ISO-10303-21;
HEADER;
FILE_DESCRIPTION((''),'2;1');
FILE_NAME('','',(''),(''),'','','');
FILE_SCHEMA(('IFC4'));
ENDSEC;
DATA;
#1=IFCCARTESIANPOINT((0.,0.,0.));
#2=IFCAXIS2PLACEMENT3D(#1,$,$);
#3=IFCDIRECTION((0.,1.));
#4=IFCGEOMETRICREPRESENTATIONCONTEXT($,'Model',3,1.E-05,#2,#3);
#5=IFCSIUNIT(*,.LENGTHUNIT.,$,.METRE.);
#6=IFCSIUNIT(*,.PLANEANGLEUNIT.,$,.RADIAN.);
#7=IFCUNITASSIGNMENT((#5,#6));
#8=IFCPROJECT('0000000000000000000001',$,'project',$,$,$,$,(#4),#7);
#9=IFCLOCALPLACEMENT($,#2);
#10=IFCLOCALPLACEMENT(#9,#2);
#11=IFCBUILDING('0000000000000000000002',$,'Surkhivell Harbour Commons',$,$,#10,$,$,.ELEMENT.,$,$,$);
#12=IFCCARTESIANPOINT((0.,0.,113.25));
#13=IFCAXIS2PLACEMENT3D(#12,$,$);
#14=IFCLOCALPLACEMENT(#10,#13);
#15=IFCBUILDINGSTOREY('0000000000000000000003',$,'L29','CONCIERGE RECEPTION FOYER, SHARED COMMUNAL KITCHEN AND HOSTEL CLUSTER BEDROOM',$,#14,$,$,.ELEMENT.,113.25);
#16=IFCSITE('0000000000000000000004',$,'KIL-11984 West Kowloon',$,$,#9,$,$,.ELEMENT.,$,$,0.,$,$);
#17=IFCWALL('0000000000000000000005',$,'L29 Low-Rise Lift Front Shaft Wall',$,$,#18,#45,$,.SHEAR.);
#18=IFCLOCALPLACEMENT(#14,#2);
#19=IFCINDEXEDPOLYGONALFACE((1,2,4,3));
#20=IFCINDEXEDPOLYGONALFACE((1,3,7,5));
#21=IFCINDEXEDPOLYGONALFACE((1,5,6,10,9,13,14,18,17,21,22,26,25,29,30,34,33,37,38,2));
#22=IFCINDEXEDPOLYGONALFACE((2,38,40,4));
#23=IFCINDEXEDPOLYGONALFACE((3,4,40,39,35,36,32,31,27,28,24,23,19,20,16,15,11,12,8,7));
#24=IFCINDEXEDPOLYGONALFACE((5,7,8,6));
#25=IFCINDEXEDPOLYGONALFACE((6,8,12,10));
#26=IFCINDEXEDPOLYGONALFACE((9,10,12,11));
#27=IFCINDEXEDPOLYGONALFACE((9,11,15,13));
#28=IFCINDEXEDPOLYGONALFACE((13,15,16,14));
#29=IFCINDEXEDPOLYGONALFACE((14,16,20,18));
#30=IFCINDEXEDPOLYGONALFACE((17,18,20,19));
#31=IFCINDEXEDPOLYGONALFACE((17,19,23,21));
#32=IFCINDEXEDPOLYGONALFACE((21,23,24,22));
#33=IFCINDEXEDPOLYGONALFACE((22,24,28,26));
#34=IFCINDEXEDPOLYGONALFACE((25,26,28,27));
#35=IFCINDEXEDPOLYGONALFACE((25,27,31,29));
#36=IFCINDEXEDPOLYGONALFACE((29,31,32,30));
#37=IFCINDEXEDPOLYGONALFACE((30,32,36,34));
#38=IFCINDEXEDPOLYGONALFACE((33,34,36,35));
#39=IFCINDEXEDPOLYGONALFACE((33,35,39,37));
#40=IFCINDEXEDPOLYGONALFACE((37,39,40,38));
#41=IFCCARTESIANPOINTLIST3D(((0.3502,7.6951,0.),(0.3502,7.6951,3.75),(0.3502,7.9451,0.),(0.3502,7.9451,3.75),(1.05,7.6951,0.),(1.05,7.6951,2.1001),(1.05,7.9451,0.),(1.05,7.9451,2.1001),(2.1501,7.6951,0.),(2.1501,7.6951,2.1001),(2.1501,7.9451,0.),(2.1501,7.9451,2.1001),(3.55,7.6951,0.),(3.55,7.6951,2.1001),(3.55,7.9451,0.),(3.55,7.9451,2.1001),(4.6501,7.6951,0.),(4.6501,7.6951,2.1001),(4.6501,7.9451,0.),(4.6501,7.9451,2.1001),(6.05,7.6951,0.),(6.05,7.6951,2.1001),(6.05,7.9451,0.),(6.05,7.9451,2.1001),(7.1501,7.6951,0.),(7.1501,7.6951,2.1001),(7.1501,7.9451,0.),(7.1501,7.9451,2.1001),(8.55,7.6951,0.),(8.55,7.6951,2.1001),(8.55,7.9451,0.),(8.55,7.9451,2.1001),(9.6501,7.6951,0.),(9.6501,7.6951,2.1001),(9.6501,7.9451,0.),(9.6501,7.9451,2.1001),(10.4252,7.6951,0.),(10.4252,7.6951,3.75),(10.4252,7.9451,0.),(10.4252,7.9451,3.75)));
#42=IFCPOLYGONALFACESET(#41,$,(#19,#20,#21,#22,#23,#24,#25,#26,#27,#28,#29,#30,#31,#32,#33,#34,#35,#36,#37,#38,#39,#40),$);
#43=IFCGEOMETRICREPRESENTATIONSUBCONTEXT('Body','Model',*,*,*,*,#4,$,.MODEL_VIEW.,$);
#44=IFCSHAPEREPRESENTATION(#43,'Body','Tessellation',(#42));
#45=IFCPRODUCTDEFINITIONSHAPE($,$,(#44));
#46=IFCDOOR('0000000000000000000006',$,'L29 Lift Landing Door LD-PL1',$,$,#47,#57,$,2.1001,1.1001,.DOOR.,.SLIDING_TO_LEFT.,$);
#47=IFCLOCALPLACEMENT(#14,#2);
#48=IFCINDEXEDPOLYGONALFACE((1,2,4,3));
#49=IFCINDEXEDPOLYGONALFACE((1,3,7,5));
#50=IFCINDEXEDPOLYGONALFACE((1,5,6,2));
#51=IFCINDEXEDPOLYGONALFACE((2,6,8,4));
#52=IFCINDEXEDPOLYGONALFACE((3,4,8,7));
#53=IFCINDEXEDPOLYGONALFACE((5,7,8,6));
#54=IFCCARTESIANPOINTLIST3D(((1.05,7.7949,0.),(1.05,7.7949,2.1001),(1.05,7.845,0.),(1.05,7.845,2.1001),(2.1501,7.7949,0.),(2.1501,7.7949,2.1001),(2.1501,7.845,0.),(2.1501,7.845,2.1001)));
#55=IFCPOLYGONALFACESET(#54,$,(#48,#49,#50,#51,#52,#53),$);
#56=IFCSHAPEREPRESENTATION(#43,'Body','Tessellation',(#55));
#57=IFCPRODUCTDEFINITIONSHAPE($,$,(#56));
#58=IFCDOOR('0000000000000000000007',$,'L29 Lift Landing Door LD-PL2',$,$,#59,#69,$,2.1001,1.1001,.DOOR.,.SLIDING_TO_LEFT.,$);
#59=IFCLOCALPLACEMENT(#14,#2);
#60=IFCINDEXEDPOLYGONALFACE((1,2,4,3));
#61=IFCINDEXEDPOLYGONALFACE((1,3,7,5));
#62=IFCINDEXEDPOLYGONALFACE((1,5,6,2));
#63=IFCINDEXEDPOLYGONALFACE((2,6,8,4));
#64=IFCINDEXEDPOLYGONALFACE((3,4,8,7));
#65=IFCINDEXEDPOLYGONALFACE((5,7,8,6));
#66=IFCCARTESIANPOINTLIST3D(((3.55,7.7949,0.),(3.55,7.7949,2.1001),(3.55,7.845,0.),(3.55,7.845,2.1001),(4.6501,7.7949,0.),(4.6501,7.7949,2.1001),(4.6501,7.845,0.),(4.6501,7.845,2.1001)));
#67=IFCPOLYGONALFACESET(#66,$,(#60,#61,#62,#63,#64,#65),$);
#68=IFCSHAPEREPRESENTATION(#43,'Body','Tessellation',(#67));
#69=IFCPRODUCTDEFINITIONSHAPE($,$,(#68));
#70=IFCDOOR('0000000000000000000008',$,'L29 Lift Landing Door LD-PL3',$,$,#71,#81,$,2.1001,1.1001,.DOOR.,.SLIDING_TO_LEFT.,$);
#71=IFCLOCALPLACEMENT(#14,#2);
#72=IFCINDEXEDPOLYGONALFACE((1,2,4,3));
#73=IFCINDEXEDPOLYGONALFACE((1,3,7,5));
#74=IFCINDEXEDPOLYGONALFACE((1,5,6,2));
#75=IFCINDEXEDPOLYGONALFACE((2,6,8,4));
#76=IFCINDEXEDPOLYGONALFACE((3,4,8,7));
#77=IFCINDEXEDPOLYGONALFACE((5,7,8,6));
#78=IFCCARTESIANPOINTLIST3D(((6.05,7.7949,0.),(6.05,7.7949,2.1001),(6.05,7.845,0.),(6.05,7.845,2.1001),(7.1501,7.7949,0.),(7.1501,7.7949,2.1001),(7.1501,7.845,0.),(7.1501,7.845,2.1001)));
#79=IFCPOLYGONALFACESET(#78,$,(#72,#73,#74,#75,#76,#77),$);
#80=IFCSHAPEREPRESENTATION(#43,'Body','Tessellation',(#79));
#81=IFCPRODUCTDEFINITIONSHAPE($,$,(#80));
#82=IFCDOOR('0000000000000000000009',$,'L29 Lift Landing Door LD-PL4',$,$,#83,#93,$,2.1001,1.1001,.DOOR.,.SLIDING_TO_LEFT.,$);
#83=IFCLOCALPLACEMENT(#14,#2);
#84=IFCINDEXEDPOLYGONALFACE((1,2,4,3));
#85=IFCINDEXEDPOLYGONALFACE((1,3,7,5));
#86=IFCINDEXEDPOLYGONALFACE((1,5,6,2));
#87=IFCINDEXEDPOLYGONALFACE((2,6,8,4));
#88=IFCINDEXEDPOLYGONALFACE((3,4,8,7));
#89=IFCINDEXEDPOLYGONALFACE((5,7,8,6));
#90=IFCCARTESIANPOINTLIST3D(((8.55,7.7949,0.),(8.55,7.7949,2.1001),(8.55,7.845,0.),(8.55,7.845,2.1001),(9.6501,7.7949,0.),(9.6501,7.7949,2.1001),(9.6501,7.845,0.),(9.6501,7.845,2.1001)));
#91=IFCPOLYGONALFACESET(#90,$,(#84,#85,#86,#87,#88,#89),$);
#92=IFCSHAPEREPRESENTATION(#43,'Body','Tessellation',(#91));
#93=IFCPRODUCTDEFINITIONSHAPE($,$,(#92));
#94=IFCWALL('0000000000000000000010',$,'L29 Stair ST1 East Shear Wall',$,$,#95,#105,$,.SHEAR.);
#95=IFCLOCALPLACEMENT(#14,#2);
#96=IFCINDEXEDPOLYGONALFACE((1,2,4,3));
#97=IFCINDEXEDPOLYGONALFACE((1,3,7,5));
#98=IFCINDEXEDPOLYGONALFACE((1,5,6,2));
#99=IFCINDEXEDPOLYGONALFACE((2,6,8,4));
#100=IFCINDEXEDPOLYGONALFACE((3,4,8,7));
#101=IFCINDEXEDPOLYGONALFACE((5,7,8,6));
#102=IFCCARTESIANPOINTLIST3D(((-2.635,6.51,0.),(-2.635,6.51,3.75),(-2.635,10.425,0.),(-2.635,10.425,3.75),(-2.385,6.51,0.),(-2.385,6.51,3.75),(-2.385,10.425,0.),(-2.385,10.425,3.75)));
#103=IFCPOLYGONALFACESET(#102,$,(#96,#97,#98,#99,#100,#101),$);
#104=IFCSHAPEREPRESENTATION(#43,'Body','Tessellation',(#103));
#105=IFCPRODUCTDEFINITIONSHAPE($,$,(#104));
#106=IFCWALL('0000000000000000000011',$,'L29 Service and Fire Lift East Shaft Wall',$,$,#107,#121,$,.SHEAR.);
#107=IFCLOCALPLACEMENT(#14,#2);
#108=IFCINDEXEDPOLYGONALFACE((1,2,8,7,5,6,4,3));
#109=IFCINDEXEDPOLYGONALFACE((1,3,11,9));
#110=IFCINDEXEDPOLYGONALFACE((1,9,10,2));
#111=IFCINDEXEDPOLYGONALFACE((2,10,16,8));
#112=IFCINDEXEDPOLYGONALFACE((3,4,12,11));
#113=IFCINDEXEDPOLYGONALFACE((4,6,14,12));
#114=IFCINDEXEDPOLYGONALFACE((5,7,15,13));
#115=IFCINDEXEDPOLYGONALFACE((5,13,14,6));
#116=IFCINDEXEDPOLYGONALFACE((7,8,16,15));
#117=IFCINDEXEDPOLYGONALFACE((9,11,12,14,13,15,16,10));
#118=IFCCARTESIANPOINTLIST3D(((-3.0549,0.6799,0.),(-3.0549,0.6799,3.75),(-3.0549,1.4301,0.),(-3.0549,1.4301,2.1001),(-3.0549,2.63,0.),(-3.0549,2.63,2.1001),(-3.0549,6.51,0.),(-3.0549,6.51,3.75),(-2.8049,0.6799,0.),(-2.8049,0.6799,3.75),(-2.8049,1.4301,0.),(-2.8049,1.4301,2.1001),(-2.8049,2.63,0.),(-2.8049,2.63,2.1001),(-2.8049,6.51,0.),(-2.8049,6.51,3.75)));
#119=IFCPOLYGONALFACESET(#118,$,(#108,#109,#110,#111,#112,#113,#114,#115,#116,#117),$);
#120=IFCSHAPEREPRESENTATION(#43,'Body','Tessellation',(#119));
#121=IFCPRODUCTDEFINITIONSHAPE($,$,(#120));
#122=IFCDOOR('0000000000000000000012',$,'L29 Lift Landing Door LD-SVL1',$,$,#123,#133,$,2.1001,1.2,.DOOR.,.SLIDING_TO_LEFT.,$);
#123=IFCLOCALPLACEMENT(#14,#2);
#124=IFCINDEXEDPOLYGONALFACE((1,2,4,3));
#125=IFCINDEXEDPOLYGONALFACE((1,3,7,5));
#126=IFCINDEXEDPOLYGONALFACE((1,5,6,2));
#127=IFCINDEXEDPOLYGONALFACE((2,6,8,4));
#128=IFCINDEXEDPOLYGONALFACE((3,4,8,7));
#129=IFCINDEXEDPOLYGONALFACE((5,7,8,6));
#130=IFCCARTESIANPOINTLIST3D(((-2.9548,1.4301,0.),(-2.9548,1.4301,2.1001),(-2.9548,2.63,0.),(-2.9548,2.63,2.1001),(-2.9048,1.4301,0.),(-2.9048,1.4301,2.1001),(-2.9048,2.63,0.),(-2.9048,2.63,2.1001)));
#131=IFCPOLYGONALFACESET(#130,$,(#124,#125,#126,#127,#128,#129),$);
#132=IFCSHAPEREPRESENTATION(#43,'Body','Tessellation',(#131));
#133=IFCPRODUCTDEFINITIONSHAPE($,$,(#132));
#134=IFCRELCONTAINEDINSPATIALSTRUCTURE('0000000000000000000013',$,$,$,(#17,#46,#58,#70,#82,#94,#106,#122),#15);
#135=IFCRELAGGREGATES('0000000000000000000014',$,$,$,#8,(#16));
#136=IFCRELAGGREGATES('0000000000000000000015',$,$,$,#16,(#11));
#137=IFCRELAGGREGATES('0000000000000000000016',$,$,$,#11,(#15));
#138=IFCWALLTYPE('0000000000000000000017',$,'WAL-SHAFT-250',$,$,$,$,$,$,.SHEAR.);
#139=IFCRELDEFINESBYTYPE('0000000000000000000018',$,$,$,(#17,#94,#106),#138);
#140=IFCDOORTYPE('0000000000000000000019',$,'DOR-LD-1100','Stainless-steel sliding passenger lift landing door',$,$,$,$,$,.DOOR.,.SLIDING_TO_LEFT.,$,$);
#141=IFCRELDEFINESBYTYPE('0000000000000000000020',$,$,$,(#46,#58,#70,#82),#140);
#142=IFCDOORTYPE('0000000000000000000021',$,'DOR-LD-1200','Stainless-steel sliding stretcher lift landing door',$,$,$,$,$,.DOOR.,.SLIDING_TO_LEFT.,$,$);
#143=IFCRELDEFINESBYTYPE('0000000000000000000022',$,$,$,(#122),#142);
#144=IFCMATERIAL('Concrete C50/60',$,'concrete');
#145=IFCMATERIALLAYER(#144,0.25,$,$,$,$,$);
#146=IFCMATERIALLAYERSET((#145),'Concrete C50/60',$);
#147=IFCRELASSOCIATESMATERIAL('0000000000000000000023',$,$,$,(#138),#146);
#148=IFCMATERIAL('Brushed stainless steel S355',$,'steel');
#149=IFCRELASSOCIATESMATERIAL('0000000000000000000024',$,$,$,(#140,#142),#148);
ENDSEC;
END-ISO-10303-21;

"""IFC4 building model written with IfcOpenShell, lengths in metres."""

from ifc_helpers import new_model, si_unit, direction, frame, frame_2d, origin, place, context, subcontext, project, spatial, rectangle, extrude, material, layer, layer_set, type_object, element, fill, save


model = new_model("IFC4")

# Units and contexts
model_context = context("Model", 3, precision=1e-05, world=origin(), true_north=direction((0.0, 1.0)))
body_context = subcontext(model_context, "Body", "Model", "MODEL_VIEW")
ifc_project = project(units=[si_unit("LENGTHUNIT", "METRE"), si_unit("PLANEANGLEUNIT", "RADIAN")], contexts=[model_context])

# Site, building, storey
site_placement = place(None, origin())
site = spatial("IfcSite", under=ifc_project, at=site_placement, Name="KIL-11984 West Kowloon", CompositionType="ELEMENT", RefElevation=0.0)
building_placement = place(site_placement, origin())
building = spatial("IfcBuilding", under=site, at=building_placement, Name="Surkhivell Harbour Commons", CompositionType="ELEMENT")
storey_placement = place(building_placement, frame((0.0, 0.0, 113.25)))
storey = spatial("IfcBuildingStorey", under=building, at=storey_placement, Name="L29", Description="CONCIERGE RECEPTION FOYER, SHARED COMMUNAL KITCHEN AND HOSTEL CLUSTER BEDROOM", CompositionType="ELEMENT", Elevation=113.25)

# Shared definitions
ifc_material_1 = material(Name="Concrete C50/60", Category="concrete")
ifc_layer_1 = layer(ifc_material_1, 0.25)
ifc_layer_set_1 = layer_set([ifc_layer_1], Name="Concrete C50/60")
wall_type_1 = type_object("IfcWallType", Name="WAL-SHAFT-250", PredefinedType="SHEAR", material=ifc_layer_set_1)

# Wall, openings, doors
wall_1_placement = place(storey_placement, frame((0.3501, 7.8201, 0.0), z_axis=(0.0, 0.0, 1.0), x_axis=(1.0, 0.0, 0.0)))
wall_1 = element("IfcWall", 1, at=wall_1_placement, inside=storey, type_object=wall_type_1, Name="L29 Low-Rise Lift Front Shaft Wall", PredefinedType="SHEAR", context=body_context, shape_type="SweptSolid", body=[
    extrude(rectangle(XDim=10.075, YDim=0.25, at=frame_2d((5.0376, 0.0))), origin(), (0.0, 0.0, 1.0), 3.75),
])
opening_1_placement = place(wall_1_placement, frame((0.7, 0.0, 0.0)))
opening_1 = element("IfcOpeningElement", 2, at=opening_1_placement, cuts=wall_1, PredefinedType="OPENING", context=body_context, shape_type="SweptSolid", body=[
    extrude(rectangle(XDim=1.1001, YDim=2.1001, at=frame_2d((0.55, 1.05))), frame((0.0, 0.135, 0.0), z_axis=(0.0, -1.0, 0.0), x_axis=(1.0, 0.0, 0.0)), (0.0, 0.0, 1.0), 0.27),
])
opening_2_placement = place(wall_1_placement, frame((3.2, 0.0, 0.0)))
opening_2 = element("IfcOpeningElement", 3, at=opening_2_placement, cuts=wall_1, PredefinedType="OPENING", context=body_context, shape_type="SweptSolid", body=[
    extrude(rectangle(XDim=1.1001, YDim=2.1001, at=frame_2d((0.55, 1.05))), frame((0.0, 0.135, 0.0), z_axis=(0.0, -1.0, 0.0), x_axis=(1.0, 0.0, 0.0)), (0.0, 0.0, 1.0), 0.27),
])
opening_3_placement = place(wall_1_placement, frame((5.7, 0.0, 0.0)))
opening_3 = element("IfcOpeningElement", 4, at=opening_3_placement, cuts=wall_1, PredefinedType="OPENING", context=body_context, shape_type="SweptSolid", body=[
    extrude(rectangle(XDim=1.1001, YDim=2.1001, at=frame_2d((0.55, 1.05))), frame((0.0, 0.135, 0.0), z_axis=(0.0, -1.0, 0.0), x_axis=(1.0, 0.0, 0.0)), (0.0, 0.0, 1.0), 0.27),
])
opening_4_placement = place(wall_1_placement, frame((8.2, 0.0, 0.0)))
opening_4 = element("IfcOpeningElement", 5, at=opening_4_placement, cuts=wall_1, PredefinedType="OPENING", context=body_context, shape_type="SweptSolid", body=[
    extrude(rectangle(XDim=1.1001, YDim=2.1001, at=frame_2d((0.55, 1.05))), frame((0.0, 0.135, 0.0), z_axis=(0.0, -1.0, 0.0), x_axis=(1.0, 0.0, 0.0)), (0.0, 0.0, 1.0), 0.27),
])
ifc_material_2 = material(Name="Brushed stainless steel S355", Category="steel")
door_type_1 = type_object("IfcDoorType", Name="DOR-LD-1100", Description="Stainless-steel sliding passenger lift landing door", OperationType="SLIDING_TO_LEFT", PredefinedType="DOOR", material=ifc_material_2)
door_1_placement = place(opening_1_placement, origin())
door_1 = element("IfcDoor", 6, at=door_1_placement, inside=storey, type_object=door_type_1, Name="L29 Lift Landing Door LD-PL1", OperationType="SLIDING_TO_LEFT", OverallHeight=2.1001, OverallWidth=1.1001, PredefinedType="DOOR", context=body_context, shape_type="SweptSolid", body=[
    extrude(rectangle(XDim=1.1001, YDim=2.1001, at=frame_2d((0.55, 1.05))), frame((0.0, 0.0249, 0.0), z_axis=(0.0, -1.0, 0.0), x_axis=(1.0, 0.0, 0.0)), (0.0, 0.0, 1.0), 0.05),
])
fill(opening_1, door_1)
door_2_placement = place(opening_2_placement, origin())
door_2 = element("IfcDoor", 7, at=door_2_placement, inside=storey, type_object=door_type_1, Name="L29 Lift Landing Door LD-PL2", OperationType="SLIDING_TO_LEFT", OverallHeight=2.1001, OverallWidth=1.1001, PredefinedType="DOOR", context=body_context, shape_type="SweptSolid", body=[
    extrude(rectangle(XDim=1.1001, YDim=2.1001, at=frame_2d((0.55, 1.05))), frame((0.0, 0.0249, 0.0), z_axis=(0.0, -1.0, 0.0), x_axis=(1.0, 0.0, 0.0)), (0.0, 0.0, 1.0), 0.05),
])
fill(opening_2, door_2)
door_3_placement = place(opening_3_placement, origin())
door_3 = element("IfcDoor", 8, at=door_3_placement, inside=storey, type_object=door_type_1, Name="L29 Lift Landing Door LD-PL3", OperationType="SLIDING_TO_LEFT", OverallHeight=2.1001, OverallWidth=1.1001, PredefinedType="DOOR", context=body_context, shape_type="SweptSolid", body=[
    extrude(rectangle(XDim=1.1001, YDim=2.1001, at=frame_2d((0.55, 1.05))), frame((0.0, 0.0249, 0.0), z_axis=(0.0, -1.0, 0.0), x_axis=(1.0, 0.0, 0.0)), (0.0, 0.0, 1.0), 0.05),
])
fill(opening_3, door_3)
door_4_placement = place(opening_4_placement, origin())
door_4 = element("IfcDoor", 9, at=door_4_placement, inside=storey, type_object=door_type_1, Name="L29 Lift Landing Door LD-PL4", OperationType="SLIDING_TO_LEFT", OverallHeight=2.1001, OverallWidth=1.1001, PredefinedType="DOOR", context=body_context, shape_type="SweptSolid", body=[
    extrude(rectangle(XDim=1.1001, YDim=2.1001, at=frame_2d((0.55, 1.05))), frame((0.0, 0.0249, 0.0), z_axis=(0.0, -1.0, 0.0), x_axis=(1.0, 0.0, 0.0)), (0.0, 0.0, 1.0), 0.05),
])
fill(opening_4, door_4)

# Wall
wall_2_placement = place(storey_placement, frame((-2.51, 6.51, 0.0), z_axis=(0.0, 0.0, 1.0), x_axis=(0.0, 1.0, 0.0)))
element("IfcWall", 10, at=wall_2_placement, inside=storey, type_object=wall_type_1, Name="L29 Stair ST1 East Shear Wall", PredefinedType="SHEAR", context=body_context, shape_type="SweptSolid", body=[
    extrude(rectangle(XDim=3.915, YDim=0.25, at=frame_2d((1.9575, 0.0))), origin(), (0.0, 0.0, 1.0), 3.75),
])

# Wall, opening, door
wall_3_placement = place(storey_placement, frame((-2.9299, 0.6799, 0.0), z_axis=(0.0, 0.0, 1.0), x_axis=(0.0, 1.0, 0.0)))
wall_3 = element("IfcWall", 11, at=wall_3_placement, inside=storey, type_object=wall_type_1, Name="L29 Service and Fire Lift East Shaft Wall", PredefinedType="SHEAR", context=body_context, shape_type="SweptSolid", body=[
    extrude(rectangle(XDim=5.8301, YDim=0.25, at=frame_2d((2.915, 0.0))), origin(), (0.0, 0.0, 1.0), 3.75),
])
opening_5_placement = place(wall_3_placement, frame((0.75, 0.0, 0.0)))
opening_5 = element("IfcOpeningElement", 12, at=opening_5_placement, cuts=wall_3, PredefinedType="OPENING", context=body_context, shape_type="SweptSolid", body=[
    extrude(rectangle(XDim=1.2, YDim=2.1001, at=frame_2d((0.6001, 1.05))), frame((0.0, 0.135, 0.0), z_axis=(0.0, -1.0, 0.0), x_axis=(1.0, 0.0, 0.0)), (0.0, 0.0, 1.0), 0.27),
])
door_type_2 = type_object("IfcDoorType", Name="DOR-LD-1200", Description="Stainless-steel sliding stretcher lift landing door", OperationType="SLIDING_TO_LEFT", PredefinedType="DOOR", material=ifc_material_2)
door_5_placement = place(opening_5_placement, origin())
door_5 = element("IfcDoor", 13, at=door_5_placement, inside=storey, type_object=door_type_2, Name="L29 Lift Landing Door LD-SVL1", OperationType="SLIDING_TO_LEFT", OverallHeight=2.1001, OverallWidth=1.2, PredefinedType="DOOR", context=body_context, shape_type="SweptSolid", body=[
    extrude(rectangle(XDim=1.2, YDim=2.1001, at=frame_2d((0.6001, 1.05))), frame((0.0, 0.0249, 0.0), z_axis=(0.0, -1.0, 0.0), x_axis=(1.0, 0.0, 0.0)), (0.0, 0.0, 1.0), 0.05),
])
fill(opening_5, door_5)

save(model, "model.ifc")
